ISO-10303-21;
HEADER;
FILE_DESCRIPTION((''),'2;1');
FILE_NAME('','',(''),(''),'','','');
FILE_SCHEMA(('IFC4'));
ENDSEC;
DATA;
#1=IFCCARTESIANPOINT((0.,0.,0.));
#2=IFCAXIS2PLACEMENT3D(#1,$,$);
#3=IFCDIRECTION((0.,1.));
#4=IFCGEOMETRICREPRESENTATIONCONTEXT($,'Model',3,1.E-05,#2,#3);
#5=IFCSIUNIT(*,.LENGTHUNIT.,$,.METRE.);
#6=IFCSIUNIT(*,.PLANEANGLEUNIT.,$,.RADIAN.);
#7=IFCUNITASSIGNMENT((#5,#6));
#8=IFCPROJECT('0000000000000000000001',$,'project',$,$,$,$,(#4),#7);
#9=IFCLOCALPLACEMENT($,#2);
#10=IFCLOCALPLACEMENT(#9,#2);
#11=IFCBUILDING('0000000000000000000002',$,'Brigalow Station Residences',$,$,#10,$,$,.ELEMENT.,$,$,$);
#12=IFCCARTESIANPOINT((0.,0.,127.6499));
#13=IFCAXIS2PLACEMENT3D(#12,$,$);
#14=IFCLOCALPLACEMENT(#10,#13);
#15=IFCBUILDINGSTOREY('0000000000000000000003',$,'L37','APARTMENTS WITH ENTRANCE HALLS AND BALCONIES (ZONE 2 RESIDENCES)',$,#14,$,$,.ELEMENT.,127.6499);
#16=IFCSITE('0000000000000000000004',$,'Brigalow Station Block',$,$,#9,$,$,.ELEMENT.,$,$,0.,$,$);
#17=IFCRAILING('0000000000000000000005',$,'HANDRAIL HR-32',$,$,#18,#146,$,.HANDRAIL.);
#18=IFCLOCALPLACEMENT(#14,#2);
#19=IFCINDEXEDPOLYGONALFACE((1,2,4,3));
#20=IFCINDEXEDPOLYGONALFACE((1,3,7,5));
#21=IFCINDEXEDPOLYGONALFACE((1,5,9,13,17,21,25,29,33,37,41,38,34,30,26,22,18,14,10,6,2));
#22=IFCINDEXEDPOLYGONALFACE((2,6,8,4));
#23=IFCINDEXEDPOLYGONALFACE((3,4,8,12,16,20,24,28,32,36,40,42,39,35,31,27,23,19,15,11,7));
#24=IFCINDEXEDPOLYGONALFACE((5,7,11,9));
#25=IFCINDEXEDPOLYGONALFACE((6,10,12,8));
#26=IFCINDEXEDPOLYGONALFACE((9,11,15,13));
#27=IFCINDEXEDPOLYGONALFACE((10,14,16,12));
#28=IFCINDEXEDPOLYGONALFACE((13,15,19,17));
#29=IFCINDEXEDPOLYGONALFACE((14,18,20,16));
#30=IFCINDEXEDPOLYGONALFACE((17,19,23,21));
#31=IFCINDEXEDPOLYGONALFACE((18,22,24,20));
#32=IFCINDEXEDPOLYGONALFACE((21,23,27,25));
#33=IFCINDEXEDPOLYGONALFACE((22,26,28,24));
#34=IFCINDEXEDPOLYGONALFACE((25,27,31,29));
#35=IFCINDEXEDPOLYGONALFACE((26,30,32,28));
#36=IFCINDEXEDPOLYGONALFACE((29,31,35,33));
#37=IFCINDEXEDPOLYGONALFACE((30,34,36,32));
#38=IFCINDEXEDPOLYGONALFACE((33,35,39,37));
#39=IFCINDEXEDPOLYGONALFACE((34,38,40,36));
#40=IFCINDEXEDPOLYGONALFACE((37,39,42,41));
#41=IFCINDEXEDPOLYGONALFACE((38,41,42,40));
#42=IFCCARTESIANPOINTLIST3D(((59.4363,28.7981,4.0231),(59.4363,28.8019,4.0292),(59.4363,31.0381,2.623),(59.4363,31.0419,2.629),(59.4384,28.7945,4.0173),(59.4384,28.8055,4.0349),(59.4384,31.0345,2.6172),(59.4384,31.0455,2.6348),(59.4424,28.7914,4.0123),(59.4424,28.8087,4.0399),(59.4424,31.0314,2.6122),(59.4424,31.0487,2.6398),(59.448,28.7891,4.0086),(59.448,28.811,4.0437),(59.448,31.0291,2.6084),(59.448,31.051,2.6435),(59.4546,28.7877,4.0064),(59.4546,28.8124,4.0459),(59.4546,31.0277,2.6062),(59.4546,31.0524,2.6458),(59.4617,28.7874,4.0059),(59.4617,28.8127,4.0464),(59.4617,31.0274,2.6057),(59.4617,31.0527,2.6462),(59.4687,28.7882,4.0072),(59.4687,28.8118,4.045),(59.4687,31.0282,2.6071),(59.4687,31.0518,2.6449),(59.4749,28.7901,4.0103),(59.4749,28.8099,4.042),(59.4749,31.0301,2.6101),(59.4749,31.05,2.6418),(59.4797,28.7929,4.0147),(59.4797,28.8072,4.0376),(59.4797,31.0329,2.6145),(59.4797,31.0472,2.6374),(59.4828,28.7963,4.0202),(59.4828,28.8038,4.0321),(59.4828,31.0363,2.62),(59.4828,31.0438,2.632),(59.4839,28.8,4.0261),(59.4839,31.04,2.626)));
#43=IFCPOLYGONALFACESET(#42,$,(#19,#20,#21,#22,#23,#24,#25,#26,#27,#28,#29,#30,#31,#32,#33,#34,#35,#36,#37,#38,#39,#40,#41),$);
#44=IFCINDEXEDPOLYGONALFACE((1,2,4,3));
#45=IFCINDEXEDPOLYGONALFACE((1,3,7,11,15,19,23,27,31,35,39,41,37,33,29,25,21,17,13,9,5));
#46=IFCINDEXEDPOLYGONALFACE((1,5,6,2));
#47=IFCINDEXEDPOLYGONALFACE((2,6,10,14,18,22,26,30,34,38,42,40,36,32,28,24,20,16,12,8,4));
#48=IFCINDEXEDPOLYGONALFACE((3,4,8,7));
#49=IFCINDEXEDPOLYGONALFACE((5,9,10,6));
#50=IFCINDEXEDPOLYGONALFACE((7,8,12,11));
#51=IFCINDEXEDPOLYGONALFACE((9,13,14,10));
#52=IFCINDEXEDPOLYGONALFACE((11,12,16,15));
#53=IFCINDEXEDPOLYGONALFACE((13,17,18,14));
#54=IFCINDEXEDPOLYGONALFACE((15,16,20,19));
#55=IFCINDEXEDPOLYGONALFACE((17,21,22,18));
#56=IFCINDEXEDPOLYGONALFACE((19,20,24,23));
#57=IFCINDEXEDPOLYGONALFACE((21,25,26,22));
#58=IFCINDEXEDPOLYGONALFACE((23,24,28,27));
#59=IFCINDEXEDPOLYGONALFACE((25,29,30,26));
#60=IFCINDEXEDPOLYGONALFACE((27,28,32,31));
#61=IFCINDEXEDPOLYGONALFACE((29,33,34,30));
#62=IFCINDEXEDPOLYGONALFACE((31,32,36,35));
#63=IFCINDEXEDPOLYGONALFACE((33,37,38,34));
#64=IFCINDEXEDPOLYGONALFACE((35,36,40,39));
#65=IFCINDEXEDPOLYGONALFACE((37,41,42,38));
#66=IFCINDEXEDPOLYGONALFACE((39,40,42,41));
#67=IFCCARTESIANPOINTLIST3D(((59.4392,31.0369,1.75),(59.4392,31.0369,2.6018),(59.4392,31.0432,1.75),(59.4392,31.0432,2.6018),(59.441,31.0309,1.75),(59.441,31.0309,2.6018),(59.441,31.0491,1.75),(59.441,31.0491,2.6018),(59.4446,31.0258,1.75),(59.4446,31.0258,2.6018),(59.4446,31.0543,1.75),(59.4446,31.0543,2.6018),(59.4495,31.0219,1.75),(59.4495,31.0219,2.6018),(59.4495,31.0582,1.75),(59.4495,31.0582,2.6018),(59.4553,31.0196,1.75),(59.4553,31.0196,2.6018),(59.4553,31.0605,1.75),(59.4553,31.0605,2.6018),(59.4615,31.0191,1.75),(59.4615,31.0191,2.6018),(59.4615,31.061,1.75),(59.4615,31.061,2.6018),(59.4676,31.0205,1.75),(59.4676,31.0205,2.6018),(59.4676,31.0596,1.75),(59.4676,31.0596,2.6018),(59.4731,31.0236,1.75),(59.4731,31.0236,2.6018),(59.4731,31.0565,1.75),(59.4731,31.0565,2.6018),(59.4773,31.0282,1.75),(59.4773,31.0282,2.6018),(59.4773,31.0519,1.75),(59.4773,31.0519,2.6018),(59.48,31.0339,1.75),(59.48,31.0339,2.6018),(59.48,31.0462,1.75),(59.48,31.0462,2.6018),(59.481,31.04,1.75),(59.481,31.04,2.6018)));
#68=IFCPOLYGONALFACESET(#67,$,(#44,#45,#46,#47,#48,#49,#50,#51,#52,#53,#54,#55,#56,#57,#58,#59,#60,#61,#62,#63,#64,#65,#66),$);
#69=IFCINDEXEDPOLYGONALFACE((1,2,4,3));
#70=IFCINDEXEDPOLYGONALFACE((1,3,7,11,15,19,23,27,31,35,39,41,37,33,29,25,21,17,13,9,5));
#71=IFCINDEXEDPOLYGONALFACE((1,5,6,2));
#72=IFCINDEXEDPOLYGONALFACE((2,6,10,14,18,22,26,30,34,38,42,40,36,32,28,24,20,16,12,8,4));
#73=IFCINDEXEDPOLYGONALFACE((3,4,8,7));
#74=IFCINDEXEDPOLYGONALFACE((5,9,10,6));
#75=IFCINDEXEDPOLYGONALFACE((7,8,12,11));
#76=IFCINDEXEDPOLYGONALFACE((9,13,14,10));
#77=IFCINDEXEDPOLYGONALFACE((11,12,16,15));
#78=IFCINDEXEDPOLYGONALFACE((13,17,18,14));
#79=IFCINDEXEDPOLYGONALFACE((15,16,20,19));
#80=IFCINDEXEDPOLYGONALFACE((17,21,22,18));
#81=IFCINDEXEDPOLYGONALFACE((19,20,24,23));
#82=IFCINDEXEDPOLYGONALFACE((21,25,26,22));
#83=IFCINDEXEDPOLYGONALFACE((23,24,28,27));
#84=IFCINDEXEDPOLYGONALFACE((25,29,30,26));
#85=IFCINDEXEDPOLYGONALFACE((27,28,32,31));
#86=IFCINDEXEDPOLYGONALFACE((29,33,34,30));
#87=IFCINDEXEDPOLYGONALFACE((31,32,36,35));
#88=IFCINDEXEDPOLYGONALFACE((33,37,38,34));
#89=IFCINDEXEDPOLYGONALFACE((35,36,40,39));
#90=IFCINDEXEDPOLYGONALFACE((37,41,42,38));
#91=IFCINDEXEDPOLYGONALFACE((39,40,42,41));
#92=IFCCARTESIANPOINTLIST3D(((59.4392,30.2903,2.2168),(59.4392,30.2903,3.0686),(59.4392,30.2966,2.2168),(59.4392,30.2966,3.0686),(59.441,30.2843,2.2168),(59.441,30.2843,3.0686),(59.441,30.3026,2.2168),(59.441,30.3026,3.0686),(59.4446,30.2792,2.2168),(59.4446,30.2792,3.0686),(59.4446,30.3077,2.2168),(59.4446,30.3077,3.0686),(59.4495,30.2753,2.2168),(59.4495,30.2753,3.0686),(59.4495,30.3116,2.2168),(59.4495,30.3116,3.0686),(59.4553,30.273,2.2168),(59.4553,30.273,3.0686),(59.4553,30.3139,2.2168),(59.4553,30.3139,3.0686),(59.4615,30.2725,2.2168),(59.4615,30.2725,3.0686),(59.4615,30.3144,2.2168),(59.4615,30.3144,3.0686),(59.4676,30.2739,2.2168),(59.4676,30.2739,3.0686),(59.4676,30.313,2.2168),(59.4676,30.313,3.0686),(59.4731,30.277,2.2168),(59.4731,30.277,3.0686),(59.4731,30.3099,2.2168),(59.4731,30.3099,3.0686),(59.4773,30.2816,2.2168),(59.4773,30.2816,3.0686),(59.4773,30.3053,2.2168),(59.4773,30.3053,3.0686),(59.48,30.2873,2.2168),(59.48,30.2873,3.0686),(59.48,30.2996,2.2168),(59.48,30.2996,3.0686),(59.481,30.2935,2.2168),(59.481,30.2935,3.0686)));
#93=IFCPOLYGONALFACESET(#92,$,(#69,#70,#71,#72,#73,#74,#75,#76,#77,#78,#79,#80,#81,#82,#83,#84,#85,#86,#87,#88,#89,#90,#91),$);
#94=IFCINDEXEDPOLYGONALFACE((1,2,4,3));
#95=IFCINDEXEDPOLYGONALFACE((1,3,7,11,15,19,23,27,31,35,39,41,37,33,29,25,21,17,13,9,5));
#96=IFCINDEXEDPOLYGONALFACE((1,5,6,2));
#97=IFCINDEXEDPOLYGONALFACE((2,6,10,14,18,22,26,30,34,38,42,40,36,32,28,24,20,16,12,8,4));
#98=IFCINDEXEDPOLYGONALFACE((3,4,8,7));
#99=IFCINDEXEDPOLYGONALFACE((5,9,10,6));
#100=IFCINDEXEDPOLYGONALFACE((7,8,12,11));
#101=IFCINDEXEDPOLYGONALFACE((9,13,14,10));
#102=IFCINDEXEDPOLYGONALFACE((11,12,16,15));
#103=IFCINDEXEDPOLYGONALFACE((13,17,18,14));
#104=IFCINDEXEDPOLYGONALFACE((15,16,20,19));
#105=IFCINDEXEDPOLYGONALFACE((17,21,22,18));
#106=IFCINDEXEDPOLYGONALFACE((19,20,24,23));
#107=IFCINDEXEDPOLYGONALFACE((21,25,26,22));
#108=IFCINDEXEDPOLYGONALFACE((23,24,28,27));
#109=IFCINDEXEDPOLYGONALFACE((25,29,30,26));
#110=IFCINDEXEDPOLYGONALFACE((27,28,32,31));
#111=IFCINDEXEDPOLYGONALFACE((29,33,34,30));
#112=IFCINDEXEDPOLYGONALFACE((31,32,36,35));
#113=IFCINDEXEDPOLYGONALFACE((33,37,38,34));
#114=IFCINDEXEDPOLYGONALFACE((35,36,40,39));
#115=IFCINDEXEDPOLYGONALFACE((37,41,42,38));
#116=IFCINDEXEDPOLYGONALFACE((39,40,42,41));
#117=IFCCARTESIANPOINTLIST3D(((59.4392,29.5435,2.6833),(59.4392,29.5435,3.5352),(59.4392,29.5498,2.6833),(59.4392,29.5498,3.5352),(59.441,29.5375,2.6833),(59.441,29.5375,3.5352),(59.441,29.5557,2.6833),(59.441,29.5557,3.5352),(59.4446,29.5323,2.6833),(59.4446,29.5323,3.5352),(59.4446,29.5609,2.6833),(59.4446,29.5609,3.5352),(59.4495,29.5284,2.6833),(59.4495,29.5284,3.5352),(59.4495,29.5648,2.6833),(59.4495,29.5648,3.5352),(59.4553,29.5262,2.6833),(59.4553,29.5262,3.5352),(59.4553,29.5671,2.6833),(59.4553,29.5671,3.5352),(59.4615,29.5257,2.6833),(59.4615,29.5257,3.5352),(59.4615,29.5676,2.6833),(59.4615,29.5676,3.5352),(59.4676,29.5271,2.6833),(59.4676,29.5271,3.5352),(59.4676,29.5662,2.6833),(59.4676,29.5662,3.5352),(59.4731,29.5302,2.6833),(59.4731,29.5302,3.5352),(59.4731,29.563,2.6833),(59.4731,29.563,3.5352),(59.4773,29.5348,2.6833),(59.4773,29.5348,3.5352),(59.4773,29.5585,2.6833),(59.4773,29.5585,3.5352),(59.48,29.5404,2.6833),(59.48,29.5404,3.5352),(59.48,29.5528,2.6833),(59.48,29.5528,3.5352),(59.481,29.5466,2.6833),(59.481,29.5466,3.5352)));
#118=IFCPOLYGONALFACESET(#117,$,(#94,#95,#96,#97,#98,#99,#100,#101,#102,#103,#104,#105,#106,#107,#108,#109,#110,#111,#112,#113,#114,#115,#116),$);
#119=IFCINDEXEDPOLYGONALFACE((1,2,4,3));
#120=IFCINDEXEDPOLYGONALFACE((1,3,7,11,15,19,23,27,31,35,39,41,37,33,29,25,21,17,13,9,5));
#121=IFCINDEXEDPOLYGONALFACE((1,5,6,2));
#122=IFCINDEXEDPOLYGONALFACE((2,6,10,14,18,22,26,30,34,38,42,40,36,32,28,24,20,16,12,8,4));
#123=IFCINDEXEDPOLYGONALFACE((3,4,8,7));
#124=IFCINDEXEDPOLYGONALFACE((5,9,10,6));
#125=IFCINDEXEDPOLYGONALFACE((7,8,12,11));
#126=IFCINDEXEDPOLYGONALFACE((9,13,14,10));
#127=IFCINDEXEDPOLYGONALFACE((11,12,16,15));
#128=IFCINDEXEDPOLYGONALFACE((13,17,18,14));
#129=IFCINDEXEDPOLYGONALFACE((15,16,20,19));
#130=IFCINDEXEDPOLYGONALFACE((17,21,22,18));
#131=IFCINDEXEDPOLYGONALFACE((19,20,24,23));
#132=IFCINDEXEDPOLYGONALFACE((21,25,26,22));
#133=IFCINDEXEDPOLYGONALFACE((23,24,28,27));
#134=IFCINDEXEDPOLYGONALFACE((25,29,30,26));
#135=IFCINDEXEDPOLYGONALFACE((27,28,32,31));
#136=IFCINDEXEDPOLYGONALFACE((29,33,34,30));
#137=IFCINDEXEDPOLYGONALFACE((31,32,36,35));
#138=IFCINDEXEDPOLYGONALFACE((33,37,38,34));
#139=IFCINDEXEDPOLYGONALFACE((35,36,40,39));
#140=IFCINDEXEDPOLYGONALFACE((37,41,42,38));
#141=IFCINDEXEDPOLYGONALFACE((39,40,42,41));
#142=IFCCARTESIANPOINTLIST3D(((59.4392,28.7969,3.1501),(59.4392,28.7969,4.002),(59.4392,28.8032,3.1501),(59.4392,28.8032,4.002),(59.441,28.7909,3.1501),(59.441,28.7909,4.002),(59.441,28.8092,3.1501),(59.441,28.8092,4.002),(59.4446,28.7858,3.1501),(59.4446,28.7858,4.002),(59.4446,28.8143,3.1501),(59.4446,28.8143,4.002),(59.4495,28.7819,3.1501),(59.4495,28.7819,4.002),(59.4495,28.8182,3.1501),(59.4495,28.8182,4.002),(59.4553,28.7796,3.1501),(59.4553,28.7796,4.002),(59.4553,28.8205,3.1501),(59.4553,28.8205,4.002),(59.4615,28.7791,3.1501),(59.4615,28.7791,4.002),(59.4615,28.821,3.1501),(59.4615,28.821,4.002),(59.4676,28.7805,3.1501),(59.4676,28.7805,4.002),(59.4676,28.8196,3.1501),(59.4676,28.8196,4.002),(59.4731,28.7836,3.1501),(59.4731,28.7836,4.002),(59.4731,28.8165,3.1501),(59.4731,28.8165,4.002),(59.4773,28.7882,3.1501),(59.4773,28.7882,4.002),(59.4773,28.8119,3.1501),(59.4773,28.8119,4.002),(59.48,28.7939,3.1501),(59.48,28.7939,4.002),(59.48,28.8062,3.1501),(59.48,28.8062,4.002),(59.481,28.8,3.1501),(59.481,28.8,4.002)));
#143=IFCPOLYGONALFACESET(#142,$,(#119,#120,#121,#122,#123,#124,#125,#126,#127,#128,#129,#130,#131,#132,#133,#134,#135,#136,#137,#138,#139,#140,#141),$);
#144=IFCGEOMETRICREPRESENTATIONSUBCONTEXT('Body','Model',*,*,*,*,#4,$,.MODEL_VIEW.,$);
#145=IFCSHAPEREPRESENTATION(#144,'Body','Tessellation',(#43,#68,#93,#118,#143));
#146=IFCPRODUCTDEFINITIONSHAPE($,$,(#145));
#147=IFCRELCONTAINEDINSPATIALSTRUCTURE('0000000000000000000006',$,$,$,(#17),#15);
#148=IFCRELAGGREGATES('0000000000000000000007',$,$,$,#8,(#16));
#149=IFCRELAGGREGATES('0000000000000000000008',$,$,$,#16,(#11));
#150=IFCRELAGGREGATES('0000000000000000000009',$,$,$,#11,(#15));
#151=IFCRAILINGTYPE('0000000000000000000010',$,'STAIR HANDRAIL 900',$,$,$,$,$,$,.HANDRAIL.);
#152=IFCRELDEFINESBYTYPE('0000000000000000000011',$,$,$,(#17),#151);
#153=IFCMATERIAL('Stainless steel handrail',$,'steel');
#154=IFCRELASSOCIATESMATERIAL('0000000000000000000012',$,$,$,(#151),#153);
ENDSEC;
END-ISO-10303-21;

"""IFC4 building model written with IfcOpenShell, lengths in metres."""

from ifc_helpers import new_model, si_unit, direction, frame, origin, origin_2d, place, context, subcontext, project, spatial, circle, extrude, material, type_object, element, save


model = new_model("IFC4")

# Units and contexts
model_context = context("Model", 3, precision=1e-05, world=origin(), true_north=direction((0.0, 1.0)))
body_context = subcontext(model_context, "Body", "Model", "MODEL_VIEW")
ifc_project = project(units=[si_unit("LENGTHUNIT", "METRE"), si_unit("PLANEANGLEUNIT", "RADIAN")], contexts=[model_context])

# Site, building, storey
site_placement = place(None, origin())
site = spatial("IfcSite", under=ifc_project, at=site_placement, Name="Brigalow Station Block", CompositionType="ELEMENT", RefElevation=0.0)
building_placement = place(site_placement, origin())
building = spatial("IfcBuilding", under=site, at=building_placement, Name="Brigalow Station Residences", CompositionType="ELEMENT")
storey_placement = place(building_placement, frame((0.0, 0.0, 127.6499)))
storey = spatial("IfcBuildingStorey", under=building, at=storey_placement, Name="L37", Description="APARTMENTS WITH ENTRANCE HALLS AND BALCONIES (ZONE 2 RESIDENCES)", CompositionType="ELEMENT", Elevation=127.6499)

# Railing
ifc_material_1 = material(Name="Stainless steel handrail", Category="steel")
railing_type = type_object("IfcRailingType", Name="STAIR HANDRAIL 900", PredefinedType="HANDRAIL", material=ifc_material_1)
railing_placement = place(storey_placement, frame((59.46, 31.04, 1.75)))
element("IfcRailing", 1, at=railing_placement, inside=storey, type_object=railing_type, Name="HANDRAIL HR-32", PredefinedType="HANDRAIL", context=body_context, shape_type="SweptSolid", body=[
    extrude(circle(Radius=0.0239, at=origin_2d()), frame((0.0, 0.0, 0.876), z_axis=(0.0, -0.847972, 0.53004), x_axis=(1.0, 0.0, 0.0)), (0.0, 0.0, 1.0), 2.6416),
    extrude(circle(Radius=0.021, at=origin_2d()), origin(), (0.0, 0.0, 1.0), 0.8518),
    extrude(circle(Radius=0.021, at=origin_2d()), frame((0.0, -0.7466, 0.4668)), (0.0, 0.0, 1.0), 0.8518),
    extrude(circle(Radius=0.021, at=origin_2d()), frame((0.0, -1.4934, 0.9333)), (0.0, 0.0, 1.0), 0.8518),
    extrude(circle(Radius=0.021, at=origin_2d()), frame((0.0, -2.24, 1.4001)), (0.0, 0.0, 1.0), 0.8518),
])

save(model, "model.ifc")
